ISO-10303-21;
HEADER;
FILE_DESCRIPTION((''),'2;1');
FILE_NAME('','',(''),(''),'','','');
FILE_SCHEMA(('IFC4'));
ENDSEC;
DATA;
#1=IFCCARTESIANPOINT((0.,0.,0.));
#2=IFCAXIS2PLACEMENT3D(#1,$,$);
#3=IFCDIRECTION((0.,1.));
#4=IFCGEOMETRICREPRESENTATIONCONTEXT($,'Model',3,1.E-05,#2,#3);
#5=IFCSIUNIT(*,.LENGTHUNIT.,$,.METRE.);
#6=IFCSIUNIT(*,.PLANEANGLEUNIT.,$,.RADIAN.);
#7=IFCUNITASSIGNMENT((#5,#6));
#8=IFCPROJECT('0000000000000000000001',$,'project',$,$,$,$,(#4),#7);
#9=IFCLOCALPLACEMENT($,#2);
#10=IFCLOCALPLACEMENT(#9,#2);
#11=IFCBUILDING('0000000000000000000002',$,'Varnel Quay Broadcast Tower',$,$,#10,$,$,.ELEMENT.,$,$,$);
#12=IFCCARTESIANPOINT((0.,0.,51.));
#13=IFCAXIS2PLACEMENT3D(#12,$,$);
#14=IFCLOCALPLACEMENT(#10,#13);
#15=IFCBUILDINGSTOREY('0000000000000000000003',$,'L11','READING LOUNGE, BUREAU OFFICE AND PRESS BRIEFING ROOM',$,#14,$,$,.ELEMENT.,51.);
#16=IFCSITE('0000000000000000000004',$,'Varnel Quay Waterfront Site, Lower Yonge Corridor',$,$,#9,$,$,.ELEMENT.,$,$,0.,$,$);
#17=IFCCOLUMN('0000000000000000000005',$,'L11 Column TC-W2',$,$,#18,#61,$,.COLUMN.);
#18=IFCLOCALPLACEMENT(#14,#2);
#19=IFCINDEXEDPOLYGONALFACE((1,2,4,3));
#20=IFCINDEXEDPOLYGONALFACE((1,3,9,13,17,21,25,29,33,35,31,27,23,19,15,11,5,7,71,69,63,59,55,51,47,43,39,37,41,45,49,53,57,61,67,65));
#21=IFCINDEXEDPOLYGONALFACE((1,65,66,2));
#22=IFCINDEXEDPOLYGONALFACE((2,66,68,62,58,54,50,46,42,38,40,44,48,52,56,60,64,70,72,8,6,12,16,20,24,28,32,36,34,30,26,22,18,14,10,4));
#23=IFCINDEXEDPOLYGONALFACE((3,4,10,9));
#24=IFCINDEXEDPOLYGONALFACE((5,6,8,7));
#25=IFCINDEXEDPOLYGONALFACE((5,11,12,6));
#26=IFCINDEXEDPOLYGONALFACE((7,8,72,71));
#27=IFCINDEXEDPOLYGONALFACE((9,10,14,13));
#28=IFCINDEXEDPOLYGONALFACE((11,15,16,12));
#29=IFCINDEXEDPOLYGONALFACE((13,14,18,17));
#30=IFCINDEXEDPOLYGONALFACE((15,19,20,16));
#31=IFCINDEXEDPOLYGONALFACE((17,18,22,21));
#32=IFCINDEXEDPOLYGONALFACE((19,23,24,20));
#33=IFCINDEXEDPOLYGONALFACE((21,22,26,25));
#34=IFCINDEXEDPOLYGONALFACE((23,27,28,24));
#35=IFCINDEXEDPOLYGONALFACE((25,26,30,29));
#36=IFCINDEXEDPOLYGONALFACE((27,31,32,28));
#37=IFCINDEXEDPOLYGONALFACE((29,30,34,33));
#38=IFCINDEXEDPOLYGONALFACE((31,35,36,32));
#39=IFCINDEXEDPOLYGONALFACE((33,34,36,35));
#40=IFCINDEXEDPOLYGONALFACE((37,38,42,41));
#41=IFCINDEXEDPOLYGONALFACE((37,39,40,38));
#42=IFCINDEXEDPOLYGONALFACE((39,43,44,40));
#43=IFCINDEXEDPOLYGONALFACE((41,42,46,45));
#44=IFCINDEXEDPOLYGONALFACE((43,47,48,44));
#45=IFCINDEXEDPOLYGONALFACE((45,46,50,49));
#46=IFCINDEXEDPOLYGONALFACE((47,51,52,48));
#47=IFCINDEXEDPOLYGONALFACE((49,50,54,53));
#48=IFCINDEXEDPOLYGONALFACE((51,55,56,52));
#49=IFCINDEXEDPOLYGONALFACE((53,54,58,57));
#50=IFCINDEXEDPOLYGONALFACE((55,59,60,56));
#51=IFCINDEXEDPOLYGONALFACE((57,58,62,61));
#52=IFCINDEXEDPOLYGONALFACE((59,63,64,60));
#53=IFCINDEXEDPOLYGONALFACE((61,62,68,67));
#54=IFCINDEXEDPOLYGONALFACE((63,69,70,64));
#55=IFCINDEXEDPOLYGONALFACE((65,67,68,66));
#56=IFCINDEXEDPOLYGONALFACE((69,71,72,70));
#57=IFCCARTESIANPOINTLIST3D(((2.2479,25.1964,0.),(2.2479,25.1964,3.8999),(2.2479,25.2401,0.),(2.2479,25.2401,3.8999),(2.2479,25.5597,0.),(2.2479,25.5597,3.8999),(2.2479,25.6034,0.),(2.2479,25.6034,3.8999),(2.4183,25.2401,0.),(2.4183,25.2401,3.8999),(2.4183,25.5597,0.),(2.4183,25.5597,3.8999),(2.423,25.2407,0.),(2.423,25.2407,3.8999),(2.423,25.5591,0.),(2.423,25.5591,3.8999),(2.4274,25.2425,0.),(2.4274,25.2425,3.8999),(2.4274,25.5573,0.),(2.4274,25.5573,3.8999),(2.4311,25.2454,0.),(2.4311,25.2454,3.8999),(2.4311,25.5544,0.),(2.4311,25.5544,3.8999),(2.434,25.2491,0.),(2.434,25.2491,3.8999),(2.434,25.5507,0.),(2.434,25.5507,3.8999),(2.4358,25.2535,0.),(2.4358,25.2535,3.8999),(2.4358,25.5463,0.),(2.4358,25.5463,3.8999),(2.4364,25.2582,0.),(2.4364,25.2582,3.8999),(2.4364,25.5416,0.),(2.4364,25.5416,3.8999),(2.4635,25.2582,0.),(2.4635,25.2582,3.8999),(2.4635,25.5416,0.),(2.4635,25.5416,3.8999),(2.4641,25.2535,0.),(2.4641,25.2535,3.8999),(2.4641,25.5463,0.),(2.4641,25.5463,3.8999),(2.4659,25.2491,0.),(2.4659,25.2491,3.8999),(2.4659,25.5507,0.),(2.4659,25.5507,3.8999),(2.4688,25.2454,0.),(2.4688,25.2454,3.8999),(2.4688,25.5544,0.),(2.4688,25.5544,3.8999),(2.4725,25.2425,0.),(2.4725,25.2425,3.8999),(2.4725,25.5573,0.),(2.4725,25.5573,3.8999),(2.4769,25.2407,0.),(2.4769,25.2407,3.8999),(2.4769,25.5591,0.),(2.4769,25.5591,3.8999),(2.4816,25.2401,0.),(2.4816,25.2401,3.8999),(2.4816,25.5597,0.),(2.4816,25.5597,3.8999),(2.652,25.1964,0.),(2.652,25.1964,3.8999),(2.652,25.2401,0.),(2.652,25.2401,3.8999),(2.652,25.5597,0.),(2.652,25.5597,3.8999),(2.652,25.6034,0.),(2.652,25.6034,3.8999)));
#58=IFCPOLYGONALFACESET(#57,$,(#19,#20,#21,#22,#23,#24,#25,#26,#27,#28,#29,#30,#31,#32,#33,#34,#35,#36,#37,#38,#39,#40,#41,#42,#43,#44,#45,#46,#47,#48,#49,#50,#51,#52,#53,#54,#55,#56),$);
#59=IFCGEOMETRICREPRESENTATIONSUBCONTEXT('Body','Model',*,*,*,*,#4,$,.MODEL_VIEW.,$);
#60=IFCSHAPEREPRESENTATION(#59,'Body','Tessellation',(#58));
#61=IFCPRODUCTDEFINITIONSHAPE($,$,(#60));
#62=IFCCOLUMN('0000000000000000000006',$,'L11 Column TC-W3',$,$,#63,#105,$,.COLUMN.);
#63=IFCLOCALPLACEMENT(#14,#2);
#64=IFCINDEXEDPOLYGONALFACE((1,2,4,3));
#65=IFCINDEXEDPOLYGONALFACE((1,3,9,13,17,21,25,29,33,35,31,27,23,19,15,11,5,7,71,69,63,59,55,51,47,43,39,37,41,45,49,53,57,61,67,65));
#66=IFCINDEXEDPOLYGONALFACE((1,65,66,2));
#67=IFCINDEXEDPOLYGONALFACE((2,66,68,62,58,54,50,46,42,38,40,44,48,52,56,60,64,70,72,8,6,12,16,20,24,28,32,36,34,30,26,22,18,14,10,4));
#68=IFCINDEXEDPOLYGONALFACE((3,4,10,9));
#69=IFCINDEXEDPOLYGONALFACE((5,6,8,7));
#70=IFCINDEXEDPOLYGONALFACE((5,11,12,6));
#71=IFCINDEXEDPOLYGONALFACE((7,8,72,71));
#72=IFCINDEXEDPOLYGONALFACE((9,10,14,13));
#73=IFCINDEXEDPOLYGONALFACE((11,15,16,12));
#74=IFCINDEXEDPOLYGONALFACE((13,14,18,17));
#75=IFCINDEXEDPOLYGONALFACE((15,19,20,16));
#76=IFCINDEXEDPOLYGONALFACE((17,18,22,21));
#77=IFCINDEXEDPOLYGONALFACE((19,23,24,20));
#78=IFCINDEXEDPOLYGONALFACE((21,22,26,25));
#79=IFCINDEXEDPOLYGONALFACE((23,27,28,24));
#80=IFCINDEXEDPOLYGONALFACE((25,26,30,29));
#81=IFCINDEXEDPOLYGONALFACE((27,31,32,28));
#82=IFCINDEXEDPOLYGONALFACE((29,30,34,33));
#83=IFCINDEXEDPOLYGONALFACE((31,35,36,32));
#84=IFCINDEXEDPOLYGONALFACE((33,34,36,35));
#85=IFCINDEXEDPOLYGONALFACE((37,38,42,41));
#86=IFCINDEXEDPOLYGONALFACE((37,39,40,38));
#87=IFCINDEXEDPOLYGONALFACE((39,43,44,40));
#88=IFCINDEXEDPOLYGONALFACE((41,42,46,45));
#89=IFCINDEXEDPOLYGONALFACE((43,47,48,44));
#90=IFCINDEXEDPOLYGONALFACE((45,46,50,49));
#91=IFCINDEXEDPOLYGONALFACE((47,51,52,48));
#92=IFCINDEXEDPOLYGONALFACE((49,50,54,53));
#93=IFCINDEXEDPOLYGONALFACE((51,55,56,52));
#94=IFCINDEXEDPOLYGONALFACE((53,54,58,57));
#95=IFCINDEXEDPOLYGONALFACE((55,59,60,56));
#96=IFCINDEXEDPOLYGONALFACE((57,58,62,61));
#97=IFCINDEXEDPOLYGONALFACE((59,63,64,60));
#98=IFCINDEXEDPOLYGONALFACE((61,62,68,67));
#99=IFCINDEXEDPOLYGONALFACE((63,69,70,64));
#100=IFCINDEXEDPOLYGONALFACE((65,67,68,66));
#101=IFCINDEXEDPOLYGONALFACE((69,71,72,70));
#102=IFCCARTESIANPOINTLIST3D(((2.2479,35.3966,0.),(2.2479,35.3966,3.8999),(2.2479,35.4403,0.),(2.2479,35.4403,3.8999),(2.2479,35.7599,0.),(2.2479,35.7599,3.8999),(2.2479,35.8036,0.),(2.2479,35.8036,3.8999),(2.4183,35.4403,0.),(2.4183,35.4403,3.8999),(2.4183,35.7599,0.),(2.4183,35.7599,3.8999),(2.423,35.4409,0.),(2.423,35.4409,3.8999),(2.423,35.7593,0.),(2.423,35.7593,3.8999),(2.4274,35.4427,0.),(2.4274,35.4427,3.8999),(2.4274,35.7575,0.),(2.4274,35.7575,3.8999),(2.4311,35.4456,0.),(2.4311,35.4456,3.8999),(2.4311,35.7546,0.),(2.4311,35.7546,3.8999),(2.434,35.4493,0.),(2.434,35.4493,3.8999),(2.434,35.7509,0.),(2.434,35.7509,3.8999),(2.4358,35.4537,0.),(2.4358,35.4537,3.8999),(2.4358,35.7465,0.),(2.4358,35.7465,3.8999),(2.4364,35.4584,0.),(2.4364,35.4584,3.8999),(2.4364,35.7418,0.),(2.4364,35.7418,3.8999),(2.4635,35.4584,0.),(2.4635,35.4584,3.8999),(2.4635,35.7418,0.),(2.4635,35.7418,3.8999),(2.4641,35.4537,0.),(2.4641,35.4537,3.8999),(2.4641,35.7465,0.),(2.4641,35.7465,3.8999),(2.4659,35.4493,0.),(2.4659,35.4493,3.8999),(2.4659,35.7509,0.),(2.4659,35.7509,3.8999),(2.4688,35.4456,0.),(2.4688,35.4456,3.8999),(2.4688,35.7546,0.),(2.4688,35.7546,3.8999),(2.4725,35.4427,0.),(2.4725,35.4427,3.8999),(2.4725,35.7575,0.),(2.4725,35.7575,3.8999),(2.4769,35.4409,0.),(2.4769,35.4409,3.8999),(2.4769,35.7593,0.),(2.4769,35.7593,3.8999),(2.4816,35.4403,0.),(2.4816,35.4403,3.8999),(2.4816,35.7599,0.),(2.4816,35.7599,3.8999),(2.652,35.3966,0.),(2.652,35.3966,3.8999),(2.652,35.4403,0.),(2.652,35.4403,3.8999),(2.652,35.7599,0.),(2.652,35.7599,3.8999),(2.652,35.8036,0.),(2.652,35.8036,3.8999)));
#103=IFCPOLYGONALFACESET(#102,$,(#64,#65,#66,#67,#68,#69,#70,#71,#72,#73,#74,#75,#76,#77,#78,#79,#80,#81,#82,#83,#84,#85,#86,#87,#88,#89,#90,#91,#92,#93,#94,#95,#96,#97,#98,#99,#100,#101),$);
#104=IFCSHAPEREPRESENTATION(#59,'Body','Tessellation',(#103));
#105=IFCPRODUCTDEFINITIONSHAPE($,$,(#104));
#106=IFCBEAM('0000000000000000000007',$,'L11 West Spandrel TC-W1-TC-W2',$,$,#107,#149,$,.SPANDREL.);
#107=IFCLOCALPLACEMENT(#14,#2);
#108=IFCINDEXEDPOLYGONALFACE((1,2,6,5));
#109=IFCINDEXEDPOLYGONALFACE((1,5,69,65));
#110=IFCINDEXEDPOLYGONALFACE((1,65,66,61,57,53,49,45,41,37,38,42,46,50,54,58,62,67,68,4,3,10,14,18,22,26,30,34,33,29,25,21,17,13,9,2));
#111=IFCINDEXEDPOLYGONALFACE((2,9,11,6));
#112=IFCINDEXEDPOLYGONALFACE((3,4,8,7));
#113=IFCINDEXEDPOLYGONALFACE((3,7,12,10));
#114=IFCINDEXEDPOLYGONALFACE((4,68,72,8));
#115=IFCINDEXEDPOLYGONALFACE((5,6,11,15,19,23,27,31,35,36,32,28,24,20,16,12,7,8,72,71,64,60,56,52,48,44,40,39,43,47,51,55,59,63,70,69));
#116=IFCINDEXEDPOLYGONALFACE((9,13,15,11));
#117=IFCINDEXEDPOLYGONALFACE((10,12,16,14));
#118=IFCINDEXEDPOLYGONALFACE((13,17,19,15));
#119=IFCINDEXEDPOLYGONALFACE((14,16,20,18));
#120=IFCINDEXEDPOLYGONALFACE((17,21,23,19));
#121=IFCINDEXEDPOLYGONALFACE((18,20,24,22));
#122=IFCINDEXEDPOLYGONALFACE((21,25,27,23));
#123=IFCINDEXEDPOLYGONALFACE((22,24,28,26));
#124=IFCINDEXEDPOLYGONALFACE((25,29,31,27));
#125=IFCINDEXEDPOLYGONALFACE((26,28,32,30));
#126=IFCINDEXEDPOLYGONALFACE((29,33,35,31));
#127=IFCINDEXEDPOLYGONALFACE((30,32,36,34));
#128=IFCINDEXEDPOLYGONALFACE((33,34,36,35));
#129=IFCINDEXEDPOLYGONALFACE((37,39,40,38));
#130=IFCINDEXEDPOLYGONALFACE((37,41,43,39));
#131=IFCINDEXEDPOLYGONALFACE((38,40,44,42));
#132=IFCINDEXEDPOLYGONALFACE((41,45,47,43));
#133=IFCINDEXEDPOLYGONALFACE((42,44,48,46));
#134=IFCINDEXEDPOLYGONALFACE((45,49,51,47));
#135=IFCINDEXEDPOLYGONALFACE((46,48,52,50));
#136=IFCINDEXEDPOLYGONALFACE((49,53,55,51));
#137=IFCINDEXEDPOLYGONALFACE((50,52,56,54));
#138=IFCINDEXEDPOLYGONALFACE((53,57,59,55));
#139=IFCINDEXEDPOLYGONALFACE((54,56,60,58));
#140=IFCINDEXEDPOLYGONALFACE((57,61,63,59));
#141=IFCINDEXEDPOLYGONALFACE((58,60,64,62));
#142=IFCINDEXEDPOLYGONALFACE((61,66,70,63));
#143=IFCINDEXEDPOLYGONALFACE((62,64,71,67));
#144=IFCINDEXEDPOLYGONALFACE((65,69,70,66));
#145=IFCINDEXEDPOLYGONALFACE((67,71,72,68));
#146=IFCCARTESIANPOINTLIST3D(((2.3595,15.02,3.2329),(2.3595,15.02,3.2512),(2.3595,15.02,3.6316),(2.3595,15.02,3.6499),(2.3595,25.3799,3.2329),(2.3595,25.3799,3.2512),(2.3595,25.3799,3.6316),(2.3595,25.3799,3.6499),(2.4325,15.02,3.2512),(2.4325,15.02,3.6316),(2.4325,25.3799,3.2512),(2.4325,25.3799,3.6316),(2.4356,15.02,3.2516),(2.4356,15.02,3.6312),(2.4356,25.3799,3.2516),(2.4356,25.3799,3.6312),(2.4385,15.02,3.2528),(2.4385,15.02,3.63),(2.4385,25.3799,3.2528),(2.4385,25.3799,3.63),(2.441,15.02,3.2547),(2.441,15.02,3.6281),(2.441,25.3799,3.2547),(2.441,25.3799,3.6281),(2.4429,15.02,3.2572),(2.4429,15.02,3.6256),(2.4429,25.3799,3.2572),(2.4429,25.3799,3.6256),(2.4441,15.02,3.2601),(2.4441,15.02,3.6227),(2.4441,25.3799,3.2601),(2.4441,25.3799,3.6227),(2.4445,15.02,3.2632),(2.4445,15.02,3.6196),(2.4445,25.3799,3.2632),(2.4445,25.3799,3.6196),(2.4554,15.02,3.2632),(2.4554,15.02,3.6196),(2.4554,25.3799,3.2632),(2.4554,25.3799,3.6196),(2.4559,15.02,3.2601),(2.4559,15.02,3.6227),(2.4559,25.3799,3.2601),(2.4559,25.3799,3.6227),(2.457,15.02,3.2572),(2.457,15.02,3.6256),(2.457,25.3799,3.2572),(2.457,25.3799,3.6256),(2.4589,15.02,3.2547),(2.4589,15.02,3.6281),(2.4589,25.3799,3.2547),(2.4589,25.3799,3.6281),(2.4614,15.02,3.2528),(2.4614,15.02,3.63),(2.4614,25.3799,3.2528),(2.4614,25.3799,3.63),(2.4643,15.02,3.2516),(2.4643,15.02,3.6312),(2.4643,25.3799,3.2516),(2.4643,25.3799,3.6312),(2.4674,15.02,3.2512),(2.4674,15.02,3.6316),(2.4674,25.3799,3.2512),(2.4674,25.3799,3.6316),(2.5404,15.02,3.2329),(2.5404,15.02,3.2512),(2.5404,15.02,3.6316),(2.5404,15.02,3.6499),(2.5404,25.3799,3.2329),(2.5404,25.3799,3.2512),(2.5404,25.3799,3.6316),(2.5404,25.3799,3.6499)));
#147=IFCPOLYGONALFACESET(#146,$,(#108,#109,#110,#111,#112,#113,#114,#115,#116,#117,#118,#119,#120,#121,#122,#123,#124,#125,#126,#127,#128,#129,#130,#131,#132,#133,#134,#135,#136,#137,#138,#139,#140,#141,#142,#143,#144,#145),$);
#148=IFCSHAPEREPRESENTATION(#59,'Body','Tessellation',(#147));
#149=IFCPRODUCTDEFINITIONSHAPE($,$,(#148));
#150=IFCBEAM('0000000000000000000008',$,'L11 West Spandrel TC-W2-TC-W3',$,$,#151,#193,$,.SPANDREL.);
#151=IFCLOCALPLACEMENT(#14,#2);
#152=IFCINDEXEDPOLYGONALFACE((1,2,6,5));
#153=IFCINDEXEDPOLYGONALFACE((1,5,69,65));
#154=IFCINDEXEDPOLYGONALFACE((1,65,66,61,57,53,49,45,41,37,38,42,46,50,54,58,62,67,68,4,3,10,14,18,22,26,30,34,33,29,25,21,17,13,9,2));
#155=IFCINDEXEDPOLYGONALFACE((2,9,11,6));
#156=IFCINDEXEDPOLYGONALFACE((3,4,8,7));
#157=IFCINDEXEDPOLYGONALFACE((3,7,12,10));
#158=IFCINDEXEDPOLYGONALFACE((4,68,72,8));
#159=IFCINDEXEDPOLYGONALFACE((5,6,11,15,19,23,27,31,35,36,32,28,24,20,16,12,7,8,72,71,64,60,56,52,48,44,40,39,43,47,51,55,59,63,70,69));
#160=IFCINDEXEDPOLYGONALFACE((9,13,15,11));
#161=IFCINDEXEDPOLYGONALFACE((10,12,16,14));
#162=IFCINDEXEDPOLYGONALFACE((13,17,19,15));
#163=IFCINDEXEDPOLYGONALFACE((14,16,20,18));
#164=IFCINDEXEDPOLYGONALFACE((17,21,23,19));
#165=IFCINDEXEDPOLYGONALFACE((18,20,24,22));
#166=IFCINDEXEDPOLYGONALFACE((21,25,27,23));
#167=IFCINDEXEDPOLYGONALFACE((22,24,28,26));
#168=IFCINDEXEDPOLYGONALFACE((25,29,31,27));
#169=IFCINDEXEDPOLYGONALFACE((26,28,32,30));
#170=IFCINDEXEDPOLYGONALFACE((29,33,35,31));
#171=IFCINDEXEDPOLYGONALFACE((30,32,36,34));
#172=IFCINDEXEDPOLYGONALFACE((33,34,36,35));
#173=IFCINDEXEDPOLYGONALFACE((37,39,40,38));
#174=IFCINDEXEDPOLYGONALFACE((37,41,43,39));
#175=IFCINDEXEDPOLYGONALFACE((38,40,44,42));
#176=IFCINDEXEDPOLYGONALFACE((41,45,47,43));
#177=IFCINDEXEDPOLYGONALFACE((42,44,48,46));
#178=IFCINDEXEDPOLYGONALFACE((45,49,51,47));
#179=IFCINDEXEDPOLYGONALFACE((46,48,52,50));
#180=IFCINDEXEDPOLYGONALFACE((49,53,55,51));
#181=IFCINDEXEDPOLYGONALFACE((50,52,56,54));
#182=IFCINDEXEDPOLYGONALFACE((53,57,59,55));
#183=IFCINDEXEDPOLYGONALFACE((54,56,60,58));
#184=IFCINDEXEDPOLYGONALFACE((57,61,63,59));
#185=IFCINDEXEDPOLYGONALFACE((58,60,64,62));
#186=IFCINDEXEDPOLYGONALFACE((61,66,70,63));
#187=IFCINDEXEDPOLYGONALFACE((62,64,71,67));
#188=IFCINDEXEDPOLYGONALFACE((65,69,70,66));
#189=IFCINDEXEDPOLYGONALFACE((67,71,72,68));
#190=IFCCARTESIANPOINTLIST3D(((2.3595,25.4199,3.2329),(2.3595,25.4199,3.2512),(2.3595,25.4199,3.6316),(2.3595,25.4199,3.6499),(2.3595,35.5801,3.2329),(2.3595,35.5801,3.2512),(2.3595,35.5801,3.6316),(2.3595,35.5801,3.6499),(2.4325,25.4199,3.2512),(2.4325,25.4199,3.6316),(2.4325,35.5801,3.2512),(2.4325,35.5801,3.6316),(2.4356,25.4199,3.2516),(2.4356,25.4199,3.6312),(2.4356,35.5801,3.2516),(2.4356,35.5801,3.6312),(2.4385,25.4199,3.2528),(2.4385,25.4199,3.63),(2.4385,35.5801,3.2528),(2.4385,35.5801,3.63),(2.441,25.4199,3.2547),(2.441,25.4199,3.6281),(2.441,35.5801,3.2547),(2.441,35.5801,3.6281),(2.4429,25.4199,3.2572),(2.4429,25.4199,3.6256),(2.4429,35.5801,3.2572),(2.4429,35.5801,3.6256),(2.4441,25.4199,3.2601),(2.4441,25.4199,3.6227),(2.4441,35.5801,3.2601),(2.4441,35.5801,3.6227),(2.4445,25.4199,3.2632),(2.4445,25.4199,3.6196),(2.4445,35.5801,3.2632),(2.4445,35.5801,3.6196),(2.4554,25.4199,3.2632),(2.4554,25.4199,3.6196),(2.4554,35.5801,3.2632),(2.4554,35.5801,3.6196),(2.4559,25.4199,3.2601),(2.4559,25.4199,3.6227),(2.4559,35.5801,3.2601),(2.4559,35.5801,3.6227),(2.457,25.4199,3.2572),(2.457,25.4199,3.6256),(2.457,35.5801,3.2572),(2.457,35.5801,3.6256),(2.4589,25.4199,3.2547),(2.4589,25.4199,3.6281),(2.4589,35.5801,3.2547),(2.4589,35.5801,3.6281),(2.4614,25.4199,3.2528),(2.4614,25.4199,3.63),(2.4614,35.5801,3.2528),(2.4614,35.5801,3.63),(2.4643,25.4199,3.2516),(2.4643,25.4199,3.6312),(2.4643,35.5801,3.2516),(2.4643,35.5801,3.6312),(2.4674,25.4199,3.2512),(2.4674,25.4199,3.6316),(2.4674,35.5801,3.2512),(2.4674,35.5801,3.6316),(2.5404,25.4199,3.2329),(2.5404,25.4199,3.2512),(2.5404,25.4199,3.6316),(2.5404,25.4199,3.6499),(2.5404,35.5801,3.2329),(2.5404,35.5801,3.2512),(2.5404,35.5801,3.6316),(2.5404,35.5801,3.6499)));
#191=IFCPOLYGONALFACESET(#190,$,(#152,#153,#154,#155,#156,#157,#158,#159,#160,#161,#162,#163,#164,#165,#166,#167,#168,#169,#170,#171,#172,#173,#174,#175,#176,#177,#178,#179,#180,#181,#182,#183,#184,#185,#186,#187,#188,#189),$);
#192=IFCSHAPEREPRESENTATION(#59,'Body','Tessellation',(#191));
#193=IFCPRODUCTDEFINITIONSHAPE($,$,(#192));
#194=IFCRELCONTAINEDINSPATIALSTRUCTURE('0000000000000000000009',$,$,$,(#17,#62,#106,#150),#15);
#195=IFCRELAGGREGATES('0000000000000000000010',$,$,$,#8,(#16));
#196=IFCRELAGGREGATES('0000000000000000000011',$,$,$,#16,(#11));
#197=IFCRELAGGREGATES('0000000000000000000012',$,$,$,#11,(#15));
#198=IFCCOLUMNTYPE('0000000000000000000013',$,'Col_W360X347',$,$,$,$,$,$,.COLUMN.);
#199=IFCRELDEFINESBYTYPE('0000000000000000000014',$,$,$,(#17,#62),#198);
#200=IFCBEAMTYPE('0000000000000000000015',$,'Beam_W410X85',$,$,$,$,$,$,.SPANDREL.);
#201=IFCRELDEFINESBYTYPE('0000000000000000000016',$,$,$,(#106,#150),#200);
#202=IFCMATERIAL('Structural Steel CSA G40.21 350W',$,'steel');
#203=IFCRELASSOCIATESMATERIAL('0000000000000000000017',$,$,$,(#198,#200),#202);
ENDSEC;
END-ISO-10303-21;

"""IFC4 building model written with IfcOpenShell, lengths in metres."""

from ifc_helpers import new_model, si_unit, direction, frame, origin, origin_2d, place, context, subcontext, project, spatial, i_section, extrude, source, transform, mapped, material, material_profile, profile_set, type_object, type_shapes, element, save


model = new_model("IFC4")

# Units and contexts
model_context = context("Model", 3, precision=1e-05, world=origin(), true_north=direction((0.0, 1.0)))
body_context = subcontext(model_context, "Body", "Model", "MODEL_VIEW")
ifc_project = project(units=[si_unit("LENGTHUNIT", "METRE"), si_unit("PLANEANGLEUNIT", "RADIAN")], contexts=[model_context])

# Site, building, storey
site_placement = place(None, origin())
site = spatial("IfcSite", under=ifc_project, at=site_placement, Name="Varnel Quay Waterfront Site, Lower Yonge Corridor", CompositionType="ELEMENT", RefElevation=0.0)
building_placement = place(site_placement, origin())
building = spatial("IfcBuilding", under=site, at=building_placement, Name="Varnel Quay Broadcast Tower", CompositionType="ELEMENT")
storey_placement = place(building_placement, frame((0.0, 0.0, 51.0)))
storey = spatial("IfcBuildingStorey", under=building, at=storey_placement, Name="L11", Description="READING LOUNGE, BUREAU OFFICE AND PRESS BRIEFING ROOM", CompositionType="ELEMENT", Elevation=51.0)

# Columns
ifc_material_1 = material(Name="Structural Steel CSA G40.21 350W", Category="steel")
ifc_material_profile_1 = material_profile(ifc_material_1, i_section(OverallWidth=0.4041, OverallDepth=0.407, WebThickness=0.0271, FlangeThickness=0.0437, FilletRadius=0.0181, at=origin_2d()), Name="W360X347")
ifc_profile_set_1 = profile_set([ifc_material_profile_1], Name="Structural Steel CSA G40.21 350W")
column_type = type_object("IfcColumnType", Name="Col_W360X347", PredefinedType="COLUMN", material=ifc_profile_set_1)
shared_shape_1 = source(origin(), body_context, "Body", "SweptSolid", [
    extrude(i_section(OverallWidth=0.4041, OverallDepth=0.407, WebThickness=0.0271, FlangeThickness=0.0437, FilletRadius=0.0181, at=origin_2d()), origin(), (0.0, 0.0, 1.0), 3.8999),
])
type_shapes(column_type, [shared_shape_1])
for number, where, z_axis, x_axis, name in (
    (1, (2.45, 25.3999, 0.0), (0.0, 0.0, 1.0), (1.0, 0.0, 0.0), "L11 Column TC-W2"),
    (2, (2.45, 35.6001, 0.0), (0.0, 0.0, 1.0), (1.0, 0.0, 0.0), "L11 Column TC-W3"),
):
    element("IfcColumn", number, at=place(storey_placement, frame(where, z_axis=z_axis, x_axis=x_axis)), inside=storey, type_object=column_type, Name=name, PredefinedType="COLUMN", context=body_context, shape_type="MappedRepresentation", body=[
        mapped(shared_shape_1, transform((0.0, 0.0, 0.0), x_axis=(1.0, 0.0, 0.0), y_axis=(0.0, 1.0, 0.0), z_axis=(0.0, 0.0, 1.0), scale=1.0)),
    ])

# Beams
ifc_material_profile_2 = material_profile(ifc_material_1, i_section(OverallWidth=0.1809, OverallDepth=0.417, WebThickness=0.011, FlangeThickness=0.0183, FilletRadius=0.012, at=origin_2d()), Name="W410X85")
ifc_profile_set_2 = profile_set([ifc_material_profile_2], Name="Structural Steel CSA G40.21 350W")
beam_type = type_object("IfcBeamType", Name="Beam_W410X85", PredefinedType="SPANDREL", material=ifc_profile_set_2)
shared_shape_2 = source(origin(), body_context, "Body", "SweptSolid", [
    extrude(i_section(OverallWidth=0.1809, OverallDepth=0.417, WebThickness=0.011, FlangeThickness=0.0183, FilletRadius=0.012, at=origin_2d()), origin(), (0.0, 0.0, 1.0), 10.3599),
])
beam_1_placement = place(storey_placement, frame((2.45, 15.02, 3.4414), z_axis=(0.0, 1.0, 0.0), x_axis=(-1.0, 0.0, 0.0)))
element("IfcBeam", 3, at=beam_1_placement, inside=storey, type_object=beam_type, Name="L11 West Spandrel TC-W1-TC-W2", PredefinedType="SPANDREL", context=body_context, shape_type="MappedRepresentation", body=[
    mapped(shared_shape_2, transform((0.0, 0.0, 0.0), x_axis=(1.0, 0.0, 0.0), y_axis=(0.0, 1.0, 0.0), z_axis=(0.0, 0.0, 1.0), scale=1.0)),
])
shared_shape_3 = source(origin(), body_context, "Body", "SweptSolid", [
    extrude(i_section(OverallWidth=0.1809, OverallDepth=0.417, WebThickness=0.011, FlangeThickness=0.0183, FilletRadius=0.012, at=origin_2d()), origin(), (0.0, 0.0, 1.0), 10.1602),
])
type_shapes(beam_type, [shared_shape_2, shared_shape_3])
beam_2_placement = place(storey_placement, frame((2.45, 25.4199, 3.4414), z_axis=(0.0, 1.0, 0.0), x_axis=(-1.0, 0.0, 0.0)))
element("IfcBeam", 4, at=beam_2_placement, inside=storey, type_object=beam_type, Name="L11 West Spandrel TC-W2-TC-W3", PredefinedType="SPANDREL", context=body_context, shape_type="MappedRepresentation", body=[
    mapped(shared_shape_3, transform((0.0, 0.0, 0.0), x_axis=(1.0, 0.0, 0.0), y_axis=(0.0, 1.0, 0.0), z_axis=(0.0, 0.0, 1.0), scale=1.0)),
])

save(model, "model.ifc")
